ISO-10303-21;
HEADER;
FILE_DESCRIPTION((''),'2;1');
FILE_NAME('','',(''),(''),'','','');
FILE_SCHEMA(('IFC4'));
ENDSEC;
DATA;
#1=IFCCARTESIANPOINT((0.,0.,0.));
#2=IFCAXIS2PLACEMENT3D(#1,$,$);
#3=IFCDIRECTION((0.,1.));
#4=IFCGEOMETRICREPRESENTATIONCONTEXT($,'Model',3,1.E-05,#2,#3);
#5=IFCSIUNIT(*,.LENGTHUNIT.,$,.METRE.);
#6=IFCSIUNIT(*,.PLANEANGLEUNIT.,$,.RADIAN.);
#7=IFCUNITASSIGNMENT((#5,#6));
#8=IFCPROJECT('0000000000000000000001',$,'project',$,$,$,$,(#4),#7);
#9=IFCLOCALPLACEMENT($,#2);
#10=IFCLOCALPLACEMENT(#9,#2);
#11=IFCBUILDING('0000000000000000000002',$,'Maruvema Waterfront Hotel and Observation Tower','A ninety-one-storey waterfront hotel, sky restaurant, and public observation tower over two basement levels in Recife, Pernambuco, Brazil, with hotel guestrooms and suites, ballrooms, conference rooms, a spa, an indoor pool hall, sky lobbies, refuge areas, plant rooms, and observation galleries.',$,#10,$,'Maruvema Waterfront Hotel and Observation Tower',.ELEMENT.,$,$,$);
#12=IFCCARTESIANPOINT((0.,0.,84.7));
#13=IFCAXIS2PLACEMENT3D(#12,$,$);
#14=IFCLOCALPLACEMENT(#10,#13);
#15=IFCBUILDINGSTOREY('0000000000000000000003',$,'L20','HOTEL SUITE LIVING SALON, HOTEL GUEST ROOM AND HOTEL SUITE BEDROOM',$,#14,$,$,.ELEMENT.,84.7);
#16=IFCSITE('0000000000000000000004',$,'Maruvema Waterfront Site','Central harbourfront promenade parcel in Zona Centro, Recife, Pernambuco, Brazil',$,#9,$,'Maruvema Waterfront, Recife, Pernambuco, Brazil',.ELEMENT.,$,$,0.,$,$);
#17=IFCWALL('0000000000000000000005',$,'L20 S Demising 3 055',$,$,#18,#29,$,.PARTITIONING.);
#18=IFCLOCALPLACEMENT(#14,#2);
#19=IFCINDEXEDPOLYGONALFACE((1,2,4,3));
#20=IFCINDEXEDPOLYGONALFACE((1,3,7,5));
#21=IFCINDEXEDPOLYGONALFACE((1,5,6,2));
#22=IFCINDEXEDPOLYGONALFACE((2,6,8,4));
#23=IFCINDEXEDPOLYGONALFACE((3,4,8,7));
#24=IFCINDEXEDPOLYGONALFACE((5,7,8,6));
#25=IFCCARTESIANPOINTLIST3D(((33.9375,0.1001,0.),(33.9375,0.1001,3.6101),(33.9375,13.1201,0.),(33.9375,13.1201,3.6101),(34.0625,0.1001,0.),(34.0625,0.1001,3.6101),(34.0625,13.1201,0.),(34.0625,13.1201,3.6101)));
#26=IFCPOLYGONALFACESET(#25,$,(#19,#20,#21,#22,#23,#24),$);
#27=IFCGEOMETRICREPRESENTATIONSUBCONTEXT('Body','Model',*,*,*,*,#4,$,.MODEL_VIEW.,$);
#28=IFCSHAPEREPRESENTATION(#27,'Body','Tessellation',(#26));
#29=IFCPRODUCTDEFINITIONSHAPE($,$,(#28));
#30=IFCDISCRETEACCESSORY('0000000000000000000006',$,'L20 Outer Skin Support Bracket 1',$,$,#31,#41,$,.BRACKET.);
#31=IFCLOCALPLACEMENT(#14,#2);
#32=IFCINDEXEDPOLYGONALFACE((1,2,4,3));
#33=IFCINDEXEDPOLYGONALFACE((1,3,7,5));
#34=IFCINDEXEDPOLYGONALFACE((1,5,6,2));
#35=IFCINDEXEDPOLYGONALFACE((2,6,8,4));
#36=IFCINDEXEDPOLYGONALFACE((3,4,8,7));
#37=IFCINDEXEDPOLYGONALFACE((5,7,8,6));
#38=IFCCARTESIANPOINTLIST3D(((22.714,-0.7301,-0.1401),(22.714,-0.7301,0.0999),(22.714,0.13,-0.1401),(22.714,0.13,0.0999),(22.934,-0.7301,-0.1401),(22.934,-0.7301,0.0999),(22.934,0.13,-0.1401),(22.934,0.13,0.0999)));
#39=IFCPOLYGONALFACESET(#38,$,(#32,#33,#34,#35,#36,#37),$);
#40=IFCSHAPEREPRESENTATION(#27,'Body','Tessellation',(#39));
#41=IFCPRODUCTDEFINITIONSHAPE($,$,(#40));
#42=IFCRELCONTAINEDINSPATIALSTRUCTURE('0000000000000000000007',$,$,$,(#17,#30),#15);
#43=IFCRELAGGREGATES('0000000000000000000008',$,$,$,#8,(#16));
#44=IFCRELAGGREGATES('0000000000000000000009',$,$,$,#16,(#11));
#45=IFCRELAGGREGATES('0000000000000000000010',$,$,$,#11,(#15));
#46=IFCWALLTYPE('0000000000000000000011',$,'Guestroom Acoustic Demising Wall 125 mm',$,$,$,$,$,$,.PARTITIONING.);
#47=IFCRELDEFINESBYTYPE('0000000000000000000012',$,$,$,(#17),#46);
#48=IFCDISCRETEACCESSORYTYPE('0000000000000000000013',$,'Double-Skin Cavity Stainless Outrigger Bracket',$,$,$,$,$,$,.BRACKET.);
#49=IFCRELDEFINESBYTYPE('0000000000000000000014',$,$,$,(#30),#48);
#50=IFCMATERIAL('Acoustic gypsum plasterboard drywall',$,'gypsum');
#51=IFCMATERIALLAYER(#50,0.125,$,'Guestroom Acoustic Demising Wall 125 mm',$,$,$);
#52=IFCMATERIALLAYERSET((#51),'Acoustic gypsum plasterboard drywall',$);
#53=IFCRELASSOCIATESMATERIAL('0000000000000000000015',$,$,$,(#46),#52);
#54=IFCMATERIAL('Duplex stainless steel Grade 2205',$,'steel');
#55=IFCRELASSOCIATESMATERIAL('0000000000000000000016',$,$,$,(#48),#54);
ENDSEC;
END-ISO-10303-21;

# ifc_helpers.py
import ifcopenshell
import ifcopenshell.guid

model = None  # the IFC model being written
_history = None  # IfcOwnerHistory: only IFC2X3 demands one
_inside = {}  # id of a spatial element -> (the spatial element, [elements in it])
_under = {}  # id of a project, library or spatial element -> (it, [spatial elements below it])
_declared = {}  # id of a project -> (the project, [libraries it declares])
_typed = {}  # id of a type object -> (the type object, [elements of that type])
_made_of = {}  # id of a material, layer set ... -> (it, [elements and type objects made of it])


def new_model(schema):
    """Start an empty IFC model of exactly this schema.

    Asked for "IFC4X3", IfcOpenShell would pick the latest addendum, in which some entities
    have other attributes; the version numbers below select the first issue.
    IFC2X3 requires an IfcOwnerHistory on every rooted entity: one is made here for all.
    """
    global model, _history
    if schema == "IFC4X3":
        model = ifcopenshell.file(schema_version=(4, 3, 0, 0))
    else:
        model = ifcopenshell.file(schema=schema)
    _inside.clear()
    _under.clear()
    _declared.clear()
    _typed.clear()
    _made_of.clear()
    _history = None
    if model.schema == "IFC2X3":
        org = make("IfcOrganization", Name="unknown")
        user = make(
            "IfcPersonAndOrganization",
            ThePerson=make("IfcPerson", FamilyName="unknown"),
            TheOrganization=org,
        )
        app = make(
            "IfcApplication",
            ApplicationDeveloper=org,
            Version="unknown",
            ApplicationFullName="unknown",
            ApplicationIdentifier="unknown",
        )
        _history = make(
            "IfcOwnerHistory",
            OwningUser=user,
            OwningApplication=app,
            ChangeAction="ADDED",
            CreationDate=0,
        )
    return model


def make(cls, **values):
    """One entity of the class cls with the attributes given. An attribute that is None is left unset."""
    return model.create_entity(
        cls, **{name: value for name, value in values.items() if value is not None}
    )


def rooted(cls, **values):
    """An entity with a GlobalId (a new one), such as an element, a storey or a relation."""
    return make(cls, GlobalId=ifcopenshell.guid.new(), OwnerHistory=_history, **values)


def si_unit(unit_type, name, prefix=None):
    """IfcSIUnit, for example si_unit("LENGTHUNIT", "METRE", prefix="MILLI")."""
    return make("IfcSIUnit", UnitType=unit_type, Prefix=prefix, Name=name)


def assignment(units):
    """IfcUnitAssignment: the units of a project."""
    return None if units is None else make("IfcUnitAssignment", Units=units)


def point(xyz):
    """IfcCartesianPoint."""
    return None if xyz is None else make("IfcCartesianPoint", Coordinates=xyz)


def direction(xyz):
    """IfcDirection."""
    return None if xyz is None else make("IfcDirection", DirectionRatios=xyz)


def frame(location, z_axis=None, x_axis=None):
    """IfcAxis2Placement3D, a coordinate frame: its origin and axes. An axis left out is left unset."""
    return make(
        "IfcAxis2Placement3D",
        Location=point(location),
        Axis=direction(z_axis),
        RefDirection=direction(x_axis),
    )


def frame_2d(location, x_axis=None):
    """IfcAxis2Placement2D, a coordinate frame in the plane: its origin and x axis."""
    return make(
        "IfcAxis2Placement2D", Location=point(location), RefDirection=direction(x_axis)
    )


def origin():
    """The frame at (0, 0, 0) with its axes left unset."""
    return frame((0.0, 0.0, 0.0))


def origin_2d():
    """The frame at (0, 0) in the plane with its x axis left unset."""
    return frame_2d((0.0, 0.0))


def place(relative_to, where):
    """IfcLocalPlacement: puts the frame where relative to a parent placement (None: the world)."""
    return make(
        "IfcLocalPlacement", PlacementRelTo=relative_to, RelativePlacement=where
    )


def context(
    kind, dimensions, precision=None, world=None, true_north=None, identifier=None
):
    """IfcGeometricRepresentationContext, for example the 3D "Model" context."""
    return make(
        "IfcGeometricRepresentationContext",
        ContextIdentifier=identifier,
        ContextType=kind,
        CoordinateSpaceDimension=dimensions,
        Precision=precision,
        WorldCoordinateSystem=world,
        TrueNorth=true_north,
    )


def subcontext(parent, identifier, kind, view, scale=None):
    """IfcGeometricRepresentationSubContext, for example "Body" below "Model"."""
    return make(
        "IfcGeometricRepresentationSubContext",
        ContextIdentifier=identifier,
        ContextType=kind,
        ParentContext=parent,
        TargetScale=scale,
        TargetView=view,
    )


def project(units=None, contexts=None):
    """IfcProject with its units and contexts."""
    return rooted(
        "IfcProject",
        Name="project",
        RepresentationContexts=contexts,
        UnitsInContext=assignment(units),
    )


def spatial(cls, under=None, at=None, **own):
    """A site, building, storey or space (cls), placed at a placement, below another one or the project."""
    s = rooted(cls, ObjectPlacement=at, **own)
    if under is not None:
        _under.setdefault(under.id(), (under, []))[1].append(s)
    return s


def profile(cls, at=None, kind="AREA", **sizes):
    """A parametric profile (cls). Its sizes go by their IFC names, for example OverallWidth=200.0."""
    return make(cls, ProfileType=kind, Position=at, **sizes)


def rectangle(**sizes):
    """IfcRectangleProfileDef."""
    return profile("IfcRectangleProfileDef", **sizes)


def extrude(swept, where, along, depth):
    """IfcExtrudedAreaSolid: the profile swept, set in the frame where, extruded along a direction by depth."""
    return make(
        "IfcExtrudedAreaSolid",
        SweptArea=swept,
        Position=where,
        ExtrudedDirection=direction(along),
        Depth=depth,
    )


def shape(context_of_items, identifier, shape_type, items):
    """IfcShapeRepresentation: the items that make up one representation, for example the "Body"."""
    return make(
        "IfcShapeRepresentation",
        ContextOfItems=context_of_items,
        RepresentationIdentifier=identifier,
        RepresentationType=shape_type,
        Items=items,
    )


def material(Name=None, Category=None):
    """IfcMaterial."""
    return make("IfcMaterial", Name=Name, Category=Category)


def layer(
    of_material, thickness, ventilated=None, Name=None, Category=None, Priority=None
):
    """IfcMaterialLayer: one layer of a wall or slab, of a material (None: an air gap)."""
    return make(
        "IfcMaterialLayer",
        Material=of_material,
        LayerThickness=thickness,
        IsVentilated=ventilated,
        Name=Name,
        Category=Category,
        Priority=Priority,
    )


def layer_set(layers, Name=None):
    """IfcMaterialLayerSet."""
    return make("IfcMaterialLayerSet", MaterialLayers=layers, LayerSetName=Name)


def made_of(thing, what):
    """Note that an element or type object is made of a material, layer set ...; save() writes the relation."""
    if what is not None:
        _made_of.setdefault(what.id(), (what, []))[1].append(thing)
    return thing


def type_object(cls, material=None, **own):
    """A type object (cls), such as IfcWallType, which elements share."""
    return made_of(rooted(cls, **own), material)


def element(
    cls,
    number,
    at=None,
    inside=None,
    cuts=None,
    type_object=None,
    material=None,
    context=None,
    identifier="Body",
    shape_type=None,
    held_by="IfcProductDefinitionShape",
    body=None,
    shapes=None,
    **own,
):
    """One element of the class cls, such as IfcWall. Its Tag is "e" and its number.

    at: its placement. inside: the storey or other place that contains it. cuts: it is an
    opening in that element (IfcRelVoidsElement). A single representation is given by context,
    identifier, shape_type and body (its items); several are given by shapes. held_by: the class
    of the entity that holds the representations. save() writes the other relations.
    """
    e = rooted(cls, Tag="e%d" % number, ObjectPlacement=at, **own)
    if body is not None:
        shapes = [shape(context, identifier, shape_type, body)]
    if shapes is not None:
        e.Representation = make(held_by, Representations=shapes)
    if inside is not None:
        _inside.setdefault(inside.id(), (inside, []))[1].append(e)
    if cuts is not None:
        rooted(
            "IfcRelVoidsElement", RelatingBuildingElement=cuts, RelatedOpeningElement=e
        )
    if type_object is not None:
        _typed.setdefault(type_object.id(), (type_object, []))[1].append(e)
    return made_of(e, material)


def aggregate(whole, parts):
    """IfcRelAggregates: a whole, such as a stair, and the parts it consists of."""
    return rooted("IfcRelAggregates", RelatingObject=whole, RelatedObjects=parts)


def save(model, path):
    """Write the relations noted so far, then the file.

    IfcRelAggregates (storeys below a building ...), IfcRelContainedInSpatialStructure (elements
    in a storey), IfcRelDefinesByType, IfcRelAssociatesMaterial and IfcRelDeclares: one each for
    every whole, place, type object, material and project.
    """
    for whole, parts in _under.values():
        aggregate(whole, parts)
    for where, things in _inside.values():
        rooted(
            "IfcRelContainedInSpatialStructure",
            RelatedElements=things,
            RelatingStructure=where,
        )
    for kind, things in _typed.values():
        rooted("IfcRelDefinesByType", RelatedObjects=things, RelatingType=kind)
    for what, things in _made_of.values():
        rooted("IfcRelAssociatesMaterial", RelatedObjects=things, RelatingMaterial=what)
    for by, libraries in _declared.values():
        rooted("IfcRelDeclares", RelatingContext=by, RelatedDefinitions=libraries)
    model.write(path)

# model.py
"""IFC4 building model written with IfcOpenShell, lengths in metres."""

from ifc_helpers import new_model, si_unit, direction, frame, frame_2d, origin, origin_2d, place, context, subcontext, project, spatial, rectangle, extrude, material, layer, layer_set, type_object, element, save


model = new_model("IFC4")

# Units and contexts
model_context = context("Model", 3, precision=1e-05, world=origin(), true_north=direction((0.0, 1.0)))
body_context = subcontext(model_context, "Body", "Model", "MODEL_VIEW")
ifc_project = project(units=[si_unit("LENGTHUNIT", "METRE"), si_unit("PLANEANGLEUNIT", "RADIAN")], contexts=[model_context])

# Site, building, storey
site_placement = place(None, origin())
site = spatial("IfcSite", under=ifc_project, at=site_placement, Name="Maruvema Waterfront Site", Description="Central harbourfront promenade parcel in Zona Centro, Recife, Pernambuco, Brazil", LongName="Maruvema Waterfront, Recife, Pernambuco, Brazil", CompositionType="ELEMENT", RefElevation=0.0)
building_placement = place(site_placement, origin())
building = spatial("IfcBuilding", under=site, at=building_placement, Name="Maruvema Waterfront Hotel and Observation Tower", Description="A ninety-one-storey waterfront hotel, sky restaurant, and public observation tower over two basement levels in Recife, Pernambuco, Brazil, with hotel guestrooms and suites, ballrooms, conference rooms, a spa, an indoor pool hall, sky lobbies, refuge areas, plant rooms, and observation galleries.", LongName="Maruvema Waterfront Hotel and Observation Tower", CompositionType="ELEMENT")
storey_placement = place(building_placement, frame((0.0, 0.0, 84.7)))
storey = spatial("IfcBuildingStorey", under=building, at=storey_placement, Name="L20", Description="HOTEL SUITE LIVING SALON, HOTEL GUEST ROOM AND HOTEL SUITE BEDROOM", CompositionType="ELEMENT", Elevation=84.7)

# Wall
ifc_material_1 = material(Name="Acoustic gypsum plasterboard drywall", Category="gypsum")
ifc_layer_1 = layer(ifc_material_1, 0.125, Name="Guestroom Acoustic Demising Wall 125 mm")
ifc_layer_set_1 = layer_set([ifc_layer_1], Name="Acoustic gypsum plasterboard drywall")
wall_type_1 = type_object("IfcWallType", Name="Guestroom Acoustic Demising Wall 125 mm", PredefinedType="PARTITIONING", material=ifc_layer_set_1)
for number, where, z_axis, x_axis, name in (
    (1, (34.0, 0.1001, 0.0), (0.0, 0.0, 1.0), (0.0, 1.0, 0.0), "L20 S Demising 3 055"),
):
    element("IfcWall", number, at=place(storey_placement, frame(where, z_axis=z_axis, x_axis=x_axis)), inside=storey, type_object=wall_type_1, Name=name, PredefinedType="PARTITIONING", context=body_context, shape_type="SweptSolid", body=[
        extrude(rectangle(XDim=13.02, YDim=0.125, at=frame_2d((6.51, 0.0))), origin(), (0.0, 0.0, 1.0), 3.6101),
    ])

# Discrete accessory
ifc_material_2 = material(Name="Duplex stainless steel Grade 2205", Category="steel")
discrete_accessory_type = type_object("IfcDiscreteAccessoryType", Name="Double-Skin Cavity Stainless Outrigger Bracket", PredefinedType="BRACKET", material=ifc_material_2)
discrete_accessory_placement = place(storey_placement, frame((22.824, -0.3, -0.1401), z_axis=(0.0, 0.0, 1.0), x_axis=(1.0, 0.0, 0.0)))
element("IfcDiscreteAccessory", 2, at=discrete_accessory_placement, inside=storey, type_object=discrete_accessory_type, Name="L20 Outer Skin Support Bracket 1", PredefinedType="BRACKET", context=body_context, shape_type="SweptSolid", body=[
    extrude(rectangle(XDim=0.22, YDim=0.8601, at=origin_2d()), origin(), (0.0, 0.0, 1.0), 0.24),
])

save(model, "model.ifc")
